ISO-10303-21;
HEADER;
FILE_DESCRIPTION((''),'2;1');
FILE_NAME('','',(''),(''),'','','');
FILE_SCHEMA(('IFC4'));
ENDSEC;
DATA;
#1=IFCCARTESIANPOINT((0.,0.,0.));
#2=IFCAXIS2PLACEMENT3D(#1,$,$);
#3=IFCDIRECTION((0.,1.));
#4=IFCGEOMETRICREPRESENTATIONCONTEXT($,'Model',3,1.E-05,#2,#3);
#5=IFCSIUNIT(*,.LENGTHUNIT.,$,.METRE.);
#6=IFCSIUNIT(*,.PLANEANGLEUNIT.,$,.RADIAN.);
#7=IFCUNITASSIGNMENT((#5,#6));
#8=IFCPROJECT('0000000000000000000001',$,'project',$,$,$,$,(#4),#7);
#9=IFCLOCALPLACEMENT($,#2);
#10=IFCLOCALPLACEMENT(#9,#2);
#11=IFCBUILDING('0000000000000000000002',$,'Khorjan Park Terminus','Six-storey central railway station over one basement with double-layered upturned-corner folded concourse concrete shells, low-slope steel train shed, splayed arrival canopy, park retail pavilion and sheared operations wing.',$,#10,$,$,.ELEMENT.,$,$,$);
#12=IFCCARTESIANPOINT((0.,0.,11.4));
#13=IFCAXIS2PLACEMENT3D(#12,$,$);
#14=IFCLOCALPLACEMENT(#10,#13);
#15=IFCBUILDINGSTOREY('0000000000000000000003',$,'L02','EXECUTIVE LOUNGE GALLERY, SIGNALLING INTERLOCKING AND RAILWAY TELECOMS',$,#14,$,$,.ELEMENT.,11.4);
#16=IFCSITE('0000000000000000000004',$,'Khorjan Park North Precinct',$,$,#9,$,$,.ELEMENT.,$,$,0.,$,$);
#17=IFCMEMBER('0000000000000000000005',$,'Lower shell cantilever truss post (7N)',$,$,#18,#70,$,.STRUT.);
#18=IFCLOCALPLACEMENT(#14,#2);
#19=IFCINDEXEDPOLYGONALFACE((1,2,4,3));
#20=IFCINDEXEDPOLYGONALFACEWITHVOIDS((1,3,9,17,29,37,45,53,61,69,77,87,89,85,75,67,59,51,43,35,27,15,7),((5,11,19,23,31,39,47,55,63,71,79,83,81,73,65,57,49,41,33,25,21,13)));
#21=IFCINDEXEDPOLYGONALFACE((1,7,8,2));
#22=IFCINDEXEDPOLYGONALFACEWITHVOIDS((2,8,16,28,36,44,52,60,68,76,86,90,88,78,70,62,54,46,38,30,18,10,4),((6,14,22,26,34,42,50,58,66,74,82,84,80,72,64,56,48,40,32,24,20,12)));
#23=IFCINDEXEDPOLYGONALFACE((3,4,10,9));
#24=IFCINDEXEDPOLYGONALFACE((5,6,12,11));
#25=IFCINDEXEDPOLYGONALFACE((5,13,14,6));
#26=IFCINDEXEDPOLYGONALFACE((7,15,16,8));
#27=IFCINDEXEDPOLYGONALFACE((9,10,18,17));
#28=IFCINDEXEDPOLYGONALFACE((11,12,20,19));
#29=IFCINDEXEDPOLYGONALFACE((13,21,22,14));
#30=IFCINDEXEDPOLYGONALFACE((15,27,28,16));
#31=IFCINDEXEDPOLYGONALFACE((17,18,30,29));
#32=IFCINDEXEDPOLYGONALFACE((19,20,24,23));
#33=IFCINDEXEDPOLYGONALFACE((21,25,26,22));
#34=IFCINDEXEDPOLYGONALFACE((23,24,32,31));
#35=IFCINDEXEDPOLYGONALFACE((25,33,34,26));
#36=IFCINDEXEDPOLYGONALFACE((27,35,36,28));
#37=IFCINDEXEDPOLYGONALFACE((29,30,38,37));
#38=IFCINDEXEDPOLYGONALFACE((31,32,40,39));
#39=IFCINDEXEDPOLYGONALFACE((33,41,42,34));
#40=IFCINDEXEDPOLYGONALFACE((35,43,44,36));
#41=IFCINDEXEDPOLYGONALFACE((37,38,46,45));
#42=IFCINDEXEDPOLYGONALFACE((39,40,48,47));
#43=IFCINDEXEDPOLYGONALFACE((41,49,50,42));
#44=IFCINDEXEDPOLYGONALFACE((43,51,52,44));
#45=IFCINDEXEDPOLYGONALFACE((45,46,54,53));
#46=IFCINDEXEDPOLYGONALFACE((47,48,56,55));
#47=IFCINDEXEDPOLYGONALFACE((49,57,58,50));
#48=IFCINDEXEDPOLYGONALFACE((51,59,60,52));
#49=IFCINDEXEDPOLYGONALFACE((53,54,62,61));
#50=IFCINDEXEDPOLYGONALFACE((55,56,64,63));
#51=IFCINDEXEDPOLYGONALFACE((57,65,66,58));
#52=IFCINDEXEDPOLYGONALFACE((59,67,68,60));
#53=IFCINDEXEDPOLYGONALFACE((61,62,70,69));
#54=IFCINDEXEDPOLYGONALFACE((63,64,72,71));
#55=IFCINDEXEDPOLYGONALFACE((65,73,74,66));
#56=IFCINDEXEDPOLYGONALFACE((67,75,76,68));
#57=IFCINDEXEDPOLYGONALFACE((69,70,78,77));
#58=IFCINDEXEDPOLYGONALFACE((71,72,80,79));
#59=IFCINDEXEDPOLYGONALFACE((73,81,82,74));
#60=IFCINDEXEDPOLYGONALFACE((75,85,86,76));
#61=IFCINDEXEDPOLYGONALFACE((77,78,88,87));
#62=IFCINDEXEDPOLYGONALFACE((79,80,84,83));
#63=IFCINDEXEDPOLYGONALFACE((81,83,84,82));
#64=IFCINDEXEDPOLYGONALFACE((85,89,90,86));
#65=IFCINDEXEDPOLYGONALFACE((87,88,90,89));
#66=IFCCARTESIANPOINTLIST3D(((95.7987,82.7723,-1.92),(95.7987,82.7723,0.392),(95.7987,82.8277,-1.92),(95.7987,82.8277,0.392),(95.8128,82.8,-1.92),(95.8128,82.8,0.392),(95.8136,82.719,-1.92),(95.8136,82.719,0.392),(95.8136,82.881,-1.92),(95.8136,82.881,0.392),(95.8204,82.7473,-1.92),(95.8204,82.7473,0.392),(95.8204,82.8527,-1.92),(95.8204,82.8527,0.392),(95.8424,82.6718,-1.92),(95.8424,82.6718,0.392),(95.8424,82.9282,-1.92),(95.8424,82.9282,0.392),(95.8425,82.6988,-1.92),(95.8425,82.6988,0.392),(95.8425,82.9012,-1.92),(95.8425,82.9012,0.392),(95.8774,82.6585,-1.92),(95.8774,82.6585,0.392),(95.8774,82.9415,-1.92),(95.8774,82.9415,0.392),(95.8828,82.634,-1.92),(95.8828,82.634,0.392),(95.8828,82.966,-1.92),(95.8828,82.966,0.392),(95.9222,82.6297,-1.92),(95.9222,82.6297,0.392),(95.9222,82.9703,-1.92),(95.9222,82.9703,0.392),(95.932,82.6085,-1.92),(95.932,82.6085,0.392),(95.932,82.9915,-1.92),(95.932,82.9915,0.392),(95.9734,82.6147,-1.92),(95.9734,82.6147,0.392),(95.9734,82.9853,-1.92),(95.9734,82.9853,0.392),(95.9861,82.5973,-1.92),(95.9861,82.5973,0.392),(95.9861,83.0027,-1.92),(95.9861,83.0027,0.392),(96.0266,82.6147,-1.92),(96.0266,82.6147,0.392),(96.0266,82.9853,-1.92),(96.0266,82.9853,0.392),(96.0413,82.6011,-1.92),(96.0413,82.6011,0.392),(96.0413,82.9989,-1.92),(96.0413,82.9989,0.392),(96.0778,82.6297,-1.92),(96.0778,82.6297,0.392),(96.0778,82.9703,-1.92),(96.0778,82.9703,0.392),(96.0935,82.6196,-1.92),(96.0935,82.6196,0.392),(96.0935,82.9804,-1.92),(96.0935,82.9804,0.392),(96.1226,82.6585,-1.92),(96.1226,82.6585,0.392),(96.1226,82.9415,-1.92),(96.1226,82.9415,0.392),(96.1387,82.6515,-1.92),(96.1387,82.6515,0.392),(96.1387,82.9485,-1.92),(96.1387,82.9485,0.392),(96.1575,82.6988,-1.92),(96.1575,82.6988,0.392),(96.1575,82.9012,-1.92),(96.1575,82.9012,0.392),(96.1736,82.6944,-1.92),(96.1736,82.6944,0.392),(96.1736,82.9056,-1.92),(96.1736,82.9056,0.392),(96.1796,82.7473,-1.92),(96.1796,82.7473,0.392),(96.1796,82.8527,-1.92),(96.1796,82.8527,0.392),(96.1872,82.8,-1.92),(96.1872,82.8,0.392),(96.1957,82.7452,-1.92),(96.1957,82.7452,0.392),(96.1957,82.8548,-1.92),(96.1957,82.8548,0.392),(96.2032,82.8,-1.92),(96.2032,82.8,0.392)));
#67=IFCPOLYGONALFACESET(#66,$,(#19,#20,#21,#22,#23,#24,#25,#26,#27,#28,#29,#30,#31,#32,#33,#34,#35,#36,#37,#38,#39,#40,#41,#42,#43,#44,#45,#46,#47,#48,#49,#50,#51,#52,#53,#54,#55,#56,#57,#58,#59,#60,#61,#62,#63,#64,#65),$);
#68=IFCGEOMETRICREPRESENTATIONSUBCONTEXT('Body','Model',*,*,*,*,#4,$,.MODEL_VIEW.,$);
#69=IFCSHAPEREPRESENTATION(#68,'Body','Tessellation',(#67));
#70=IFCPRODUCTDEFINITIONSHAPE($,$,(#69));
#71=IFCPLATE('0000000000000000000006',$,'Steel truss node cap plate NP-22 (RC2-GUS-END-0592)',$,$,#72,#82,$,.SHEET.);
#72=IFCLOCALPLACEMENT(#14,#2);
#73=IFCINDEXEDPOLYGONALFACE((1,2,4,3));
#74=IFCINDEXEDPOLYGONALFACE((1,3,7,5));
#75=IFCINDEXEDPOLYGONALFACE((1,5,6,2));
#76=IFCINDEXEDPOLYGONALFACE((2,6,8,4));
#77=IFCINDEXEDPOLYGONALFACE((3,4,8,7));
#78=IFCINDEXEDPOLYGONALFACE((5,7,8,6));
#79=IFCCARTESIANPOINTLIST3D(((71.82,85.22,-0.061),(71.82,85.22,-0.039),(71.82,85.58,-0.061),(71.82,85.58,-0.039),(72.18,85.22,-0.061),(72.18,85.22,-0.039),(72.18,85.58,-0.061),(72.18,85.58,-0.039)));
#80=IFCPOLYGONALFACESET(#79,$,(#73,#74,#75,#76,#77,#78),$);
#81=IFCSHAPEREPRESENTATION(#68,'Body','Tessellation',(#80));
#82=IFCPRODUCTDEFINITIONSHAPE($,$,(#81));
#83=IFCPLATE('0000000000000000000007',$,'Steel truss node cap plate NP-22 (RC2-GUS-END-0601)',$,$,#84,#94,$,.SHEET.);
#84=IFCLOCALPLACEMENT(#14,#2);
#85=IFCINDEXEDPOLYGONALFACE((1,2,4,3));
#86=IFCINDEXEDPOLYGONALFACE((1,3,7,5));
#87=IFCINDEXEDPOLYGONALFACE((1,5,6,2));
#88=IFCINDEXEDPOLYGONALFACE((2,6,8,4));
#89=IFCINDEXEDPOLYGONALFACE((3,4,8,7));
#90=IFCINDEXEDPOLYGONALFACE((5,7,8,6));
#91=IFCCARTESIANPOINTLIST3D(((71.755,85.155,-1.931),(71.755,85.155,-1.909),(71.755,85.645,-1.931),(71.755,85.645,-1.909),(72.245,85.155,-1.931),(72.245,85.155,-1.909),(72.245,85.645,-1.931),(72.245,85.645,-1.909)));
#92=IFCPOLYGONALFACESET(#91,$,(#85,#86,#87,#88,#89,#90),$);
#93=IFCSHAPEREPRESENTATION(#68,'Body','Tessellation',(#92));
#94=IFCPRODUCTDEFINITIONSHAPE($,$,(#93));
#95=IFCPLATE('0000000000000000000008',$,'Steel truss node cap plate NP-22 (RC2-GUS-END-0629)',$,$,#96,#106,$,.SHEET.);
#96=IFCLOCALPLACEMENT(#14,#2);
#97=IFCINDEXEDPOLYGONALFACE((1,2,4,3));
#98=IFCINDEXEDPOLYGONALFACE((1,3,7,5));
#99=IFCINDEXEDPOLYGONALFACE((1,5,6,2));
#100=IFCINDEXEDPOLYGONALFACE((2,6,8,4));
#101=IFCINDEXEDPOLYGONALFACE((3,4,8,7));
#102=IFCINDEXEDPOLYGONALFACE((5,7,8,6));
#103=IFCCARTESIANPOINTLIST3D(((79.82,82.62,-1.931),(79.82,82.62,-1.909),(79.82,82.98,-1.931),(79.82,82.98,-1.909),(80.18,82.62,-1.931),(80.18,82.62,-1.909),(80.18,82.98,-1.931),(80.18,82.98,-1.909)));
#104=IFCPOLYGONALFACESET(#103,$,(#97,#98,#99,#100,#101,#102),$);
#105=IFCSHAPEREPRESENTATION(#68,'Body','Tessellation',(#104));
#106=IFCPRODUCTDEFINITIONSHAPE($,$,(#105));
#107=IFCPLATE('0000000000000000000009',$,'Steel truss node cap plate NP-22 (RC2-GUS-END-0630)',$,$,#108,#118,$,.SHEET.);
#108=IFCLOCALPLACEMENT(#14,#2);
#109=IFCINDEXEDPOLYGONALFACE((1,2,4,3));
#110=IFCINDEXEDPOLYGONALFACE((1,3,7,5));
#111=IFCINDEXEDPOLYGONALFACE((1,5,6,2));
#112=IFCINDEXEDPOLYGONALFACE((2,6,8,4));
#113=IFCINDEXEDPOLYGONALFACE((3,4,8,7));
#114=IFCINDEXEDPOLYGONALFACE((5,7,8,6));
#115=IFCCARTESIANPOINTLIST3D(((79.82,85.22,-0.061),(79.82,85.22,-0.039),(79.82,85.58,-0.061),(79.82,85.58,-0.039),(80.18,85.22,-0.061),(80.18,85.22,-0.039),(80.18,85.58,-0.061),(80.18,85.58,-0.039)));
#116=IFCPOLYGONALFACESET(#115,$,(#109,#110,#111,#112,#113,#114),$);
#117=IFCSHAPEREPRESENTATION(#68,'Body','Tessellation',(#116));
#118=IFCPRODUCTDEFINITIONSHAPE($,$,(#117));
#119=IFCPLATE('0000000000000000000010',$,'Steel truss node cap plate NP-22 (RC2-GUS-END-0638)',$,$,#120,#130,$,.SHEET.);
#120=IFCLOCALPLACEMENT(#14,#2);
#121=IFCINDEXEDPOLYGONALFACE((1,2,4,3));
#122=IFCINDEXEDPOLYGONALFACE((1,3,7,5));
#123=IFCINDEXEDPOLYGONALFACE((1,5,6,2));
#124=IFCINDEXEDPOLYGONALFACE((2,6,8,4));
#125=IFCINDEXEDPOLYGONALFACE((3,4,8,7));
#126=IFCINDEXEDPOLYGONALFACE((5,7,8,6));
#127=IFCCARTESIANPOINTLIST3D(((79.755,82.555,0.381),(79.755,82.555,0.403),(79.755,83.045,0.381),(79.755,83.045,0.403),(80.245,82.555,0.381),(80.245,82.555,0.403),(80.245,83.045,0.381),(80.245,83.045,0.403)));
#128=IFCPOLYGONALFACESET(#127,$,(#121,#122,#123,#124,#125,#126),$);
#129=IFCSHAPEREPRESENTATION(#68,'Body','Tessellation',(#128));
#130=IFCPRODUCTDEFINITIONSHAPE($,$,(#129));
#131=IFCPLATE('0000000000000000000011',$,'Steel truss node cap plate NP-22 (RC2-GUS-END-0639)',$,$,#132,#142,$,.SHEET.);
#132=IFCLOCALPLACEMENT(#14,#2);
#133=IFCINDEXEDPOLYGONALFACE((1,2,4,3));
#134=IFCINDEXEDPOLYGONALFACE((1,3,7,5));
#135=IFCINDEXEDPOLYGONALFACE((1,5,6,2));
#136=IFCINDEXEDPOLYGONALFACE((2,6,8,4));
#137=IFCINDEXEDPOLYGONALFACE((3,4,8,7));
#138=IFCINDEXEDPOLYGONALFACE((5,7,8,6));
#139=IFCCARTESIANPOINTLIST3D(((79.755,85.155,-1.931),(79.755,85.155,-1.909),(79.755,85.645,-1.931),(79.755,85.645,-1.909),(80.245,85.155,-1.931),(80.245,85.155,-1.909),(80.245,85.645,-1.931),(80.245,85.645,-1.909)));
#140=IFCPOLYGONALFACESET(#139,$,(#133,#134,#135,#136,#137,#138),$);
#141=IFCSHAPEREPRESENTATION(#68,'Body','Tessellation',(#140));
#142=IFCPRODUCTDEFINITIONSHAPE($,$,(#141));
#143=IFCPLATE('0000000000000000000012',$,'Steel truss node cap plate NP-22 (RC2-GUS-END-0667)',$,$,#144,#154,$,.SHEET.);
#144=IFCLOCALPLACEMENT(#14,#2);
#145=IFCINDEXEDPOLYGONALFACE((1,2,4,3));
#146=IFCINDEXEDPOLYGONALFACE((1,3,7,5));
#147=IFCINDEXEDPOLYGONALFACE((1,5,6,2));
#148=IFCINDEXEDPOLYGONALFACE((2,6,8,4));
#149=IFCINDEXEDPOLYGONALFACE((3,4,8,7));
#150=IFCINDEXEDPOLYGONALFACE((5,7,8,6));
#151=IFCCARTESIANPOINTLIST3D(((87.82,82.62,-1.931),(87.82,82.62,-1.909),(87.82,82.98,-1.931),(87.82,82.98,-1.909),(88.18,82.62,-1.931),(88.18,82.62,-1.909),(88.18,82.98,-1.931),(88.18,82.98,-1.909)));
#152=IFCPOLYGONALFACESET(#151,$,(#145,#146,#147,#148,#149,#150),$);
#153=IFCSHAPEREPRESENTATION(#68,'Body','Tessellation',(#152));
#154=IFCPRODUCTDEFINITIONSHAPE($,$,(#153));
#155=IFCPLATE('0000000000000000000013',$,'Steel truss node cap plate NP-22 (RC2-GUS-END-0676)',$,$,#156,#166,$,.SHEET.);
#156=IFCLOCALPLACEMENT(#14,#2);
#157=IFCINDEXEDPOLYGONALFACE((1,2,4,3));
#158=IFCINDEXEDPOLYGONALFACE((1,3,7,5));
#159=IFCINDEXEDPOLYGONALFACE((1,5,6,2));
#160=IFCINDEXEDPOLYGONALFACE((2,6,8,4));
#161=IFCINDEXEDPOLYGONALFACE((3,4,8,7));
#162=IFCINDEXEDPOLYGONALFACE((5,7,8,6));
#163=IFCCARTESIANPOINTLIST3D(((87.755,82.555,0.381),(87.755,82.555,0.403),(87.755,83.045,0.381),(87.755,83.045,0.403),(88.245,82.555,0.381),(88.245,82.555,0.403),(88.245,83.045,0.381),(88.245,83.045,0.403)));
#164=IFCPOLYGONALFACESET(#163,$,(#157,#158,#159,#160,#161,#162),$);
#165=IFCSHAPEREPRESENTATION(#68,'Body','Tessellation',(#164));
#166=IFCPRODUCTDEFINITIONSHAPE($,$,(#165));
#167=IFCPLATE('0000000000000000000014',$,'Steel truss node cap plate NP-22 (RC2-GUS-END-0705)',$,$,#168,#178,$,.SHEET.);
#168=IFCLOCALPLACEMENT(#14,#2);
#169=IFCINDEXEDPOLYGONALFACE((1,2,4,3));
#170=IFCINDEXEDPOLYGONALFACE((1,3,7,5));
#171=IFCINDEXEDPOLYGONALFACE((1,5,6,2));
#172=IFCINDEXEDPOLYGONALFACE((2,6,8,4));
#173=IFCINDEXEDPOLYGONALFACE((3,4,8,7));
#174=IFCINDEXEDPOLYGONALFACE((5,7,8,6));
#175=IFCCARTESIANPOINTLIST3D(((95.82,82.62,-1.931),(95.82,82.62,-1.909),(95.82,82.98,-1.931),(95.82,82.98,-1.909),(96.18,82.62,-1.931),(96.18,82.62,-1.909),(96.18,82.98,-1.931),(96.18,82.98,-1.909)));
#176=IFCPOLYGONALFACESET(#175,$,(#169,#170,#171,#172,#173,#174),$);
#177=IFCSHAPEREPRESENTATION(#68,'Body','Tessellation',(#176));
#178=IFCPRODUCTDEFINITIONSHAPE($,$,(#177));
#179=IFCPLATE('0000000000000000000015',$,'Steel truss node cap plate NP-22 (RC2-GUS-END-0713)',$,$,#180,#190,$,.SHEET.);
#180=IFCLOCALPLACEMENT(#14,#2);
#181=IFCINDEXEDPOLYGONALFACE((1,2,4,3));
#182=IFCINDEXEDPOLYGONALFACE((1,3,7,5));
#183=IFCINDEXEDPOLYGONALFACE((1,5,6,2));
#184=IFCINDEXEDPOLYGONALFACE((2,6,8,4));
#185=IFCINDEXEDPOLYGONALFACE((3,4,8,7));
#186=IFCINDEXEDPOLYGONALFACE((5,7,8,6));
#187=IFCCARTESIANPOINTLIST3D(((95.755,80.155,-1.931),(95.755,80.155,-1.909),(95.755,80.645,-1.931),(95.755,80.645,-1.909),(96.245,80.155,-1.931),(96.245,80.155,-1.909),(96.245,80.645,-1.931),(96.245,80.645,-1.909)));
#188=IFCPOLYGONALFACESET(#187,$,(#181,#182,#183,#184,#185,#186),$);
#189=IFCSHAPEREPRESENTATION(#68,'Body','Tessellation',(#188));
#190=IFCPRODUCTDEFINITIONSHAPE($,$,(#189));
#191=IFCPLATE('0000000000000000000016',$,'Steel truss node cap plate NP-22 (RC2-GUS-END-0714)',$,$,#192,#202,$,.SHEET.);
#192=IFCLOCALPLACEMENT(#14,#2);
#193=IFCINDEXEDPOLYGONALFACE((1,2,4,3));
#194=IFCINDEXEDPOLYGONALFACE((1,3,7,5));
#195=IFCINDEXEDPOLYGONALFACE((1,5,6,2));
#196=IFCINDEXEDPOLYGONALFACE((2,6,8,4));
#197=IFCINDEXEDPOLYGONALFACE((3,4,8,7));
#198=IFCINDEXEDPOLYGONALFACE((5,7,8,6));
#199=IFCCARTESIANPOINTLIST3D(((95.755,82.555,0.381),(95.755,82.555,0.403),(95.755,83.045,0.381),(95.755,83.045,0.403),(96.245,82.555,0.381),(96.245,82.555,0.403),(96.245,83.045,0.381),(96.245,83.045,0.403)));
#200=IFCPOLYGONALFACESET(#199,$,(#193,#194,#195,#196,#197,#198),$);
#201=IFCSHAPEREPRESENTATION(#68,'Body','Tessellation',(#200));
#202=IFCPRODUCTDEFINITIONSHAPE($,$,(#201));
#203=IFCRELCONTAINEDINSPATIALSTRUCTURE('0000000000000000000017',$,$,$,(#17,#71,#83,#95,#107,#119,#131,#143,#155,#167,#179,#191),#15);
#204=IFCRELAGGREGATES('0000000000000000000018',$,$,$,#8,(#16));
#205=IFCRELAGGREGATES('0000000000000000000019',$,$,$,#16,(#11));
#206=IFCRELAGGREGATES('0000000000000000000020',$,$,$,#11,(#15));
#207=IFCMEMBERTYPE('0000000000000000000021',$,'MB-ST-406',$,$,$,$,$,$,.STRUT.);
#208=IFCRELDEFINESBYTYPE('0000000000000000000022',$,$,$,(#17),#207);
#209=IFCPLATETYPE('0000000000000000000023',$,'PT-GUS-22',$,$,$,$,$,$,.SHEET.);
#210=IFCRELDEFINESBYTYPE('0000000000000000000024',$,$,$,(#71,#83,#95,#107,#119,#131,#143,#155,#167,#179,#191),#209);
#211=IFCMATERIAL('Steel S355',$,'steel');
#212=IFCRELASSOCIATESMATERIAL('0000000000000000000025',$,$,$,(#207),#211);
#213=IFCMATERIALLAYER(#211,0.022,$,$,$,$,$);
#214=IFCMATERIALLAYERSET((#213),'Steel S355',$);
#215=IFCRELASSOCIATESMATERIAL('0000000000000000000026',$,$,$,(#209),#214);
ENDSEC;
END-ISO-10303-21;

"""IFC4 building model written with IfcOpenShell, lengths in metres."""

from ifc_helpers import new_model, si_unit, direction, frame, origin, origin_2d, place, context, subcontext, project, spatial, rectangle, hollow_circle, extrude, material, layer, layer_set, material_profile, profile_set, type_object, element, save


model = new_model("IFC4")

# Units and contexts
model_context = context("Model", 3, precision=1e-05, world=origin(), true_north=direction((0.0, 1.0)))
body_context = subcontext(model_context, "Body", "Model", "MODEL_VIEW")
ifc_project = project(units=[si_unit("LENGTHUNIT", "METRE"), si_unit("PLANEANGLEUNIT", "RADIAN")], contexts=[model_context])

# Site, building, storey
site_placement = place(None, origin())
site = spatial("IfcSite", under=ifc_project, at=site_placement, Name="Khorjan Park North Precinct", CompositionType="ELEMENT", RefElevation=0.0)
building_placement = place(site_placement, origin())
building = spatial("IfcBuilding", under=site, at=building_placement, Name="Khorjan Park Terminus", Description="Six-storey central railway station over one basement with double-layered upturned-corner folded concourse concrete shells, low-slope steel train shed, splayed arrival canopy, park retail pavilion and sheared operations wing.", CompositionType="ELEMENT")
storey_placement = place(building_placement, frame((0.0, 0.0, 11.4)))
storey = spatial("IfcBuildingStorey", under=building, at=storey_placement, Name="L02", Description="EXECUTIVE LOUNGE GALLERY, SIGNALLING INTERLOCKING AND RAILWAY TELECOMS", CompositionType="ELEMENT", Elevation=11.4)

# Member
ifc_material_1 = material(Name="Steel S355", Category="steel")
ifc_material_profile_1 = material_profile(ifc_material_1, hollow_circle(Radius=0.2032, WallThickness=0.016, at=origin_2d()), Name="CHS 406.4x16")
ifc_profile_set_1 = profile_set([ifc_material_profile_1], Name="Steel S355")
member_type_1 = type_object("IfcMemberType", Name="MB-ST-406", PredefinedType="STRUT", material=ifc_profile_set_1)
for number, where, z_axis, x_axis, name in (
    (1, (96.0, 82.8, -1.92), (0.0, 0.0, 1.0), (1.0, 0.0, 0.0), "Lower shell cantilever truss post (7N)"),
):
    element("IfcMember", number, at=place(storey_placement, frame(where, z_axis=z_axis, x_axis=x_axis)), inside=storey, type_object=member_type_1, Name=name, PredefinedType="STRUT", context=body_context, shape_type="SweptSolid", body=[
        extrude(hollow_circle(Radius=0.2032, WallThickness=0.016, at=origin_2d()), origin(), (0.0, 0.0, 1.0), 2.312),
    ])

# Plates
ifc_layer_1 = layer(ifc_material_1, 0.022)
ifc_layer_set_1 = layer_set([ifc_layer_1], Name="Steel S355")
plate_type = type_object("IfcPlateType", Name="PT-GUS-22", PredefinedType="SHEET", material=ifc_layer_set_1)
plate_1_placement = place(storey_placement, frame((72.0, 85.4, -0.061), z_axis=(0.0, 0.0, 1.0), x_axis=(1.0, 0.0, 0.0)))
element("IfcPlate", 2, at=plate_1_placement, inside=storey, type_object=plate_type, Name="Steel truss node cap plate NP-22 (RC2-GUS-END-0592)", PredefinedType="SHEET", context=body_context, shape_type="SweptSolid", body=[
    extrude(rectangle(XDim=0.36, YDim=0.36, at=origin_2d()), origin(), (0.0, 0.0, 1.0), 0.022),
])
plate_2_placement = place(storey_placement, frame((72.0, 85.4, -1.931), z_axis=(0.0, 0.0, 1.0), x_axis=(1.0, 0.0, 0.0)))
element("IfcPlate", 3, at=plate_2_placement, inside=storey, type_object=plate_type, Name="Steel truss node cap plate NP-22 (RC2-GUS-END-0601)", PredefinedType="SHEET", context=body_context, shape_type="SweptSolid", body=[
    extrude(rectangle(XDim=0.49, YDim=0.49, at=origin_2d()), origin(), (0.0, 0.0, 1.0), 0.022),
])
for number, where, z_axis, x_axis, name in (
    (4, (80.0, 82.8, -1.931), (0.0, 0.0, 1.0), (1.0, 0.0, 0.0), "Steel truss node cap plate NP-22 (RC2-GUS-END-0629)"),
    (5, (80.0, 85.4, -0.061), (0.0, 0.0, 1.0), (1.0, 0.0, 0.0), "Steel truss node cap plate NP-22 (RC2-GUS-END-0630)"),
):
    element("IfcPlate", number, at=place(storey_placement, frame(where, z_axis=z_axis, x_axis=x_axis)), inside=storey, type_object=plate_type, Name=name, PredefinedType="SHEET", context=body_context, shape_type="SweptSolid", body=[
        extrude(rectangle(XDim=0.36, YDim=0.36, at=origin_2d()), origin(), (0.0, 0.0, 1.0), 0.022),
    ])
for number, where, z_axis, x_axis, name in (
    (6, (80.0, 82.8, 0.381), (0.0, 0.0, 1.0), (1.0, 0.0, 0.0), "Steel truss node cap plate NP-22 (RC2-GUS-END-0638)"),
    (7, (80.0, 85.4, -1.931), (0.0, 0.0, 1.0), (1.0, 0.0, 0.0), "Steel truss node cap plate NP-22 (RC2-GUS-END-0639)"),
):
    element("IfcPlate", number, at=place(storey_placement, frame(where, z_axis=z_axis, x_axis=x_axis)), inside=storey, type_object=plate_type, Name=name, PredefinedType="SHEET", context=body_context, shape_type="SweptSolid", body=[
        extrude(rectangle(XDim=0.49, YDim=0.49, at=origin_2d()), origin(), (0.0, 0.0, 1.0), 0.022),
    ])
plate_3_placement = place(storey_placement, frame((88.0, 82.8, -1.931), z_axis=(0.0, 0.0, 1.0), x_axis=(1.0, 0.0, 0.0)))
element("IfcPlate", 8, at=plate_3_placement, inside=storey, type_object=plate_type, Name="Steel truss node cap plate NP-22 (RC2-GUS-END-0667)", PredefinedType="SHEET", context=body_context, shape_type="SweptSolid", body=[
    extrude(rectangle(XDim=0.36, YDim=0.36, at=origin_2d()), origin(), (0.0, 0.0, 1.0), 0.022),
])
plate_4_placement = place(storey_placement, frame((88.0, 82.8, 0.381), z_axis=(0.0, 0.0, 1.0), x_axis=(1.0, 0.0, 0.0)))
element("IfcPlate", 9, at=plate_4_placement, inside=storey, type_object=plate_type, Name="Steel truss node cap plate NP-22 (RC2-GUS-END-0676)", PredefinedType="SHEET", context=body_context, shape_type="SweptSolid", body=[
    extrude(rectangle(XDim=0.49, YDim=0.49, at=origin_2d()), origin(), (0.0, 0.0, 1.0), 0.022),
])
plate_5_placement = place(storey_placement, frame((96.0, 82.8, -1.931), z_axis=(0.0, 0.0, 1.0), x_axis=(1.0, 0.0, 0.0)))
element("IfcPlate", 10, at=plate_5_placement, inside=storey, type_object=plate_type, Name="Steel truss node cap plate NP-22 (RC2-GUS-END-0705)", PredefinedType="SHEET", context=body_context, shape_type="SweptSolid", body=[
    extrude(rectangle(XDim=0.36, YDim=0.36, at=origin_2d()), origin(), (0.0, 0.0, 1.0), 0.022),
])
for number, where, z_axis, x_axis, name in (
    (11, (96.0, 80.4, -1.931), (0.0, 0.0, 1.0), (1.0, 0.0, 0.0), "Steel truss node cap plate NP-22 (RC2-GUS-END-0713)"),
    (12, (96.0, 82.8, 0.381), (0.0, 0.0, 1.0), (1.0, 0.0, 0.0), "Steel truss node cap plate NP-22 (RC2-GUS-END-0714)"),
):
    element("IfcPlate", number, at=place(storey_placement, frame(where, z_axis=z_axis, x_axis=x_axis)), inside=storey, type_object=plate_type, Name=name, PredefinedType="SHEET", context=body_context, shape_type="SweptSolid", body=[
        extrude(rectangle(XDim=0.49, YDim=0.49, at=origin_2d()), origin(), (0.0, 0.0, 1.0), 0.022),
    ])

save(model, "model.ifc")
